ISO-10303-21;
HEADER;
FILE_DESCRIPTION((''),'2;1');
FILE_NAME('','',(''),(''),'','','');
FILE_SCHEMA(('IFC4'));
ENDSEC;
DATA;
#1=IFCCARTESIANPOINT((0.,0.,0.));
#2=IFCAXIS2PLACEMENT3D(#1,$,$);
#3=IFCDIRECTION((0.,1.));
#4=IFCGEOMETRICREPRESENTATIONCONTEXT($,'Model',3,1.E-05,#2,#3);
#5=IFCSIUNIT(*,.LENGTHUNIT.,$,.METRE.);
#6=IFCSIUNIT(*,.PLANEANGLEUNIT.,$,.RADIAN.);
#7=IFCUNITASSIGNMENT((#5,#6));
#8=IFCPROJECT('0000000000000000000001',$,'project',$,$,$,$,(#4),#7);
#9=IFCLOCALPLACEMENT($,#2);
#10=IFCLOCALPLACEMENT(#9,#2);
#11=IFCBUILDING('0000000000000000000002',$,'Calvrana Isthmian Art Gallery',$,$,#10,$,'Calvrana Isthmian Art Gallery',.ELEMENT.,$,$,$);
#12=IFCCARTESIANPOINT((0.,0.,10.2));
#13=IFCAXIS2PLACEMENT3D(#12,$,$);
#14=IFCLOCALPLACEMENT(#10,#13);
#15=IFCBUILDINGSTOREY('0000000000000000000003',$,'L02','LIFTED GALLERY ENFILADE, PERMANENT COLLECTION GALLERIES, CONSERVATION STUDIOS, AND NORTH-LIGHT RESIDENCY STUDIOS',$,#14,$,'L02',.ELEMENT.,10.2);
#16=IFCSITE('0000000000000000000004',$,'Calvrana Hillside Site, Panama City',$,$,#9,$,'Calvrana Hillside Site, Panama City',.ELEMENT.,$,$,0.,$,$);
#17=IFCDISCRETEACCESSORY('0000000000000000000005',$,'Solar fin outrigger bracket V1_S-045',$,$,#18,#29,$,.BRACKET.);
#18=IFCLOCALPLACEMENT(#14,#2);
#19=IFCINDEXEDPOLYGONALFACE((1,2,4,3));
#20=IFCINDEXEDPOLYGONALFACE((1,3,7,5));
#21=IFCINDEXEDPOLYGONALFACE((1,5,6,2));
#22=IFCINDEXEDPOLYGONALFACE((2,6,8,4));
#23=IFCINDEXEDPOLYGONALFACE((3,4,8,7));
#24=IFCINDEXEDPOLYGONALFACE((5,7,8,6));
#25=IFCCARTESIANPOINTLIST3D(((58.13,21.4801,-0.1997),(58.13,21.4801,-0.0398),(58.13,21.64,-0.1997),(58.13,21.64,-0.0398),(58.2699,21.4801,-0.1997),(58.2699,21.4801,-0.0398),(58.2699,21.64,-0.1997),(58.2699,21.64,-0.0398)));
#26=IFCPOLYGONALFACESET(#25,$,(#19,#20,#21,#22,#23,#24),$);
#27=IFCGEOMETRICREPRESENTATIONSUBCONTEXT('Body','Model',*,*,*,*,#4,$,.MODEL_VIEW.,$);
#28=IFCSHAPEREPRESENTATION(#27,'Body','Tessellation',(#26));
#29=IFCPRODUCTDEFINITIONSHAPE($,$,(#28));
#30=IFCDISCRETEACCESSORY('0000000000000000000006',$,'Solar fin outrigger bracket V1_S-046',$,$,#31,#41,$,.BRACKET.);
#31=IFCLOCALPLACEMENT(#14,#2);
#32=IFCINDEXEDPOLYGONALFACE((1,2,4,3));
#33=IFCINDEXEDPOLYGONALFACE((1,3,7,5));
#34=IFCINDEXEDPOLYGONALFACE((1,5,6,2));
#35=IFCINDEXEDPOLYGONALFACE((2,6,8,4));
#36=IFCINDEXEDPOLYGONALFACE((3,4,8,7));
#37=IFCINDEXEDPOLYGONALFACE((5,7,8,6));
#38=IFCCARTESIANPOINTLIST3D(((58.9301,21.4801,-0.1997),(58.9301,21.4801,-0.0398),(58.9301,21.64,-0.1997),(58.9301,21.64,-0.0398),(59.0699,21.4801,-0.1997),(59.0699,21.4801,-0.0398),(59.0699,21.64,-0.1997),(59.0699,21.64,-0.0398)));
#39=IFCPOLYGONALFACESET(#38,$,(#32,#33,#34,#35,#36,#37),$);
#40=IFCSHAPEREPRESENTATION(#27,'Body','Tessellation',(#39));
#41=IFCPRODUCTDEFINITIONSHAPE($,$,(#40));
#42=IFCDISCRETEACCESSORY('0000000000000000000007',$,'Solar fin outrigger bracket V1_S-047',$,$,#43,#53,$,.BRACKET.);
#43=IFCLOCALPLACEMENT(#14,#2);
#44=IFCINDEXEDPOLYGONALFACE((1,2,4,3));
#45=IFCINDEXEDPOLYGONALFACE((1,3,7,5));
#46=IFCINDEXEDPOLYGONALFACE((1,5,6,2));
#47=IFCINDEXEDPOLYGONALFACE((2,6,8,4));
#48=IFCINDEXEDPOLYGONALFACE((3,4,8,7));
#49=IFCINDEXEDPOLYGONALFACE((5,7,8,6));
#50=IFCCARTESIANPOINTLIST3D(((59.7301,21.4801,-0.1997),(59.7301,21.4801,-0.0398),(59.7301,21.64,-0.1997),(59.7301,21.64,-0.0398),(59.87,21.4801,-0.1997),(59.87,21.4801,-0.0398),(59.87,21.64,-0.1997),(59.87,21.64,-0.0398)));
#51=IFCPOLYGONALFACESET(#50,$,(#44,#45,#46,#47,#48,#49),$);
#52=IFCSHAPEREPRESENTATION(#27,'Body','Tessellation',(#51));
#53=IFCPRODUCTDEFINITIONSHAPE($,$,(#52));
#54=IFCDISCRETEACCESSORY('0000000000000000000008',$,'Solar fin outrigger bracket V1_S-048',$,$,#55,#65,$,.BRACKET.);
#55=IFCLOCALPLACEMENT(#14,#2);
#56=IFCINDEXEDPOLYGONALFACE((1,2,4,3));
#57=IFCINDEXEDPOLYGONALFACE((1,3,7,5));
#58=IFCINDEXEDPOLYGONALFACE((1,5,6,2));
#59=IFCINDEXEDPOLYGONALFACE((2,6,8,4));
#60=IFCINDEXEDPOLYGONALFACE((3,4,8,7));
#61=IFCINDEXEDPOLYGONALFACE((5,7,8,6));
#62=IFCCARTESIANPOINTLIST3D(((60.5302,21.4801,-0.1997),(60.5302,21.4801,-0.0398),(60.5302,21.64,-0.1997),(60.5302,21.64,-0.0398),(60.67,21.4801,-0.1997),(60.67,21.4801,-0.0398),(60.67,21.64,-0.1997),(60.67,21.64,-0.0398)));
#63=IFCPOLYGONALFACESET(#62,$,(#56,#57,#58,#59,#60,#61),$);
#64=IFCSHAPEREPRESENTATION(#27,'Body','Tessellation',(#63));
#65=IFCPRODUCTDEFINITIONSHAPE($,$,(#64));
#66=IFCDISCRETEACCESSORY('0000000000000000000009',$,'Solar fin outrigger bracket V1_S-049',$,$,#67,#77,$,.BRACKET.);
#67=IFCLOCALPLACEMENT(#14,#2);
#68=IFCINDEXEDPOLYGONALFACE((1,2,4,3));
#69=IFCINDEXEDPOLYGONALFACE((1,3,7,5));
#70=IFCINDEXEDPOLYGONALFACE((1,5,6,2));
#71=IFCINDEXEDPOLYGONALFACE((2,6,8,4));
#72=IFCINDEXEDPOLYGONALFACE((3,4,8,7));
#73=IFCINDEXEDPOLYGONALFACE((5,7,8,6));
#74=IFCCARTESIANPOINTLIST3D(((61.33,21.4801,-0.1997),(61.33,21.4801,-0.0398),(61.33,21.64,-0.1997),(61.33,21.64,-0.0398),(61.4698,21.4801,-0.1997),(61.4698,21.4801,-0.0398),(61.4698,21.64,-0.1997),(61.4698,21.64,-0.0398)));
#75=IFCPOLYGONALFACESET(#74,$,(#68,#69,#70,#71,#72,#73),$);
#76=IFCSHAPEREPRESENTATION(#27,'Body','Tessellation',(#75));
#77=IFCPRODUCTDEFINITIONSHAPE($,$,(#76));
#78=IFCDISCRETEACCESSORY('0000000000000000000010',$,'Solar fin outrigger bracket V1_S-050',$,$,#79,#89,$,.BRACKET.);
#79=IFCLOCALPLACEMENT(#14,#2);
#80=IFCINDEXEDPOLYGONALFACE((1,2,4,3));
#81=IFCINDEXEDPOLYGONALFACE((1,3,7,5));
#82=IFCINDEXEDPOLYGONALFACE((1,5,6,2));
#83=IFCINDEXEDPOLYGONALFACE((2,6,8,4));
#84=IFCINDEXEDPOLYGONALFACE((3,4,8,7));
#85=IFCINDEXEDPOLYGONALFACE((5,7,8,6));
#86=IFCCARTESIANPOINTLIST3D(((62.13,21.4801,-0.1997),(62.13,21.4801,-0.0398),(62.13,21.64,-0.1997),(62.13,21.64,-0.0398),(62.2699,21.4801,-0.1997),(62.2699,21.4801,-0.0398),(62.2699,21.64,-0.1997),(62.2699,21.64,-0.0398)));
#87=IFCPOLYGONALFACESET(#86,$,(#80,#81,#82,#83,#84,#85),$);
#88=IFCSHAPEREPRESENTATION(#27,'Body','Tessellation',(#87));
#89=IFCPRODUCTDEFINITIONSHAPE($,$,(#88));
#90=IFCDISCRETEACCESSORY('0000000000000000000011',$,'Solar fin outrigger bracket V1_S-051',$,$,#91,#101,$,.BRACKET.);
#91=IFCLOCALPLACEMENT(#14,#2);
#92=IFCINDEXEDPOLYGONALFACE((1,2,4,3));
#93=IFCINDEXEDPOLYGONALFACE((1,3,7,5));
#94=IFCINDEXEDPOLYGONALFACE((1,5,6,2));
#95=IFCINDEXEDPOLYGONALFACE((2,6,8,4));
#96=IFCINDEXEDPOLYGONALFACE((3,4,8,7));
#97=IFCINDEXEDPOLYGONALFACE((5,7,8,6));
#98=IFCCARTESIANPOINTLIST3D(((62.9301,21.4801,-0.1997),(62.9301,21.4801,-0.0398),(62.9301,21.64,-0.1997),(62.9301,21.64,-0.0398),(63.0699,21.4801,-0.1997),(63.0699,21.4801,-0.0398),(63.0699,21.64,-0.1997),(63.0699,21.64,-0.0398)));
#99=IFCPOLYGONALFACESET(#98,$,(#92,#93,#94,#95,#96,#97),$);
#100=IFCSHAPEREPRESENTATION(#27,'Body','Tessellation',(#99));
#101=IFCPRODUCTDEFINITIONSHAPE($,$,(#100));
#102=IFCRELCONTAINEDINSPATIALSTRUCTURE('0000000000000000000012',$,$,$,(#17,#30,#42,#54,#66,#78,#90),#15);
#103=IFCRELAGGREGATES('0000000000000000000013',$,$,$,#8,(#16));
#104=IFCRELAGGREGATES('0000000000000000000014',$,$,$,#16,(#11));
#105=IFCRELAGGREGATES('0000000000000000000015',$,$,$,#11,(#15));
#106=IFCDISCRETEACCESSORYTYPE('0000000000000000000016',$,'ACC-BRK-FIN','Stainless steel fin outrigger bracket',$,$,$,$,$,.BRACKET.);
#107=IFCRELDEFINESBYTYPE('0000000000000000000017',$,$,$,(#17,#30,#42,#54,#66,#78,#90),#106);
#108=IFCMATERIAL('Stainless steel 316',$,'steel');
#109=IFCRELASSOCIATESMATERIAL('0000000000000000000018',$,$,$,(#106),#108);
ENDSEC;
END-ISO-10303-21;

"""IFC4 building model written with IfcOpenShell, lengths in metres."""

from ifc_helpers import new_model, si_unit, direction, frame, origin, origin_2d, place, context, subcontext, project, spatial, rectangle, extrude, material, type_object, element, save


model = new_model("IFC4")

# Units and contexts
model_context = context("Model", 3, precision=1e-05, world=origin(), true_north=direction((0.0, 1.0)))
body_context = subcontext(model_context, "Body", "Model", "MODEL_VIEW")
ifc_project = project(units=[si_unit("LENGTHUNIT", "METRE"), si_unit("PLANEANGLEUNIT", "RADIAN")], contexts=[model_context])

# Site, building, storey
site_placement = place(None, origin())
site = spatial("IfcSite", under=ifc_project, at=site_placement, Name="Calvrana Hillside Site, Panama City", LongName="Calvrana Hillside Site, Panama City", CompositionType="ELEMENT", RefElevation=0.0)
building_placement = place(site_placement, origin())
building = spatial("IfcBuilding", under=site, at=building_placement, Name="Calvrana Isthmian Art Gallery", LongName="Calvrana Isthmian Art Gallery", CompositionType="ELEMENT")
storey_placement = place(building_placement, frame((0.0, 0.0, 10.2)))
storey = spatial("IfcBuildingStorey", under=building, at=storey_placement, Name="L02", Description="LIFTED GALLERY ENFILADE, PERMANENT COLLECTION GALLERIES, CONSERVATION STUDIOS, AND NORTH-LIGHT RESIDENCY STUDIOS", LongName="L02", CompositionType="ELEMENT", Elevation=10.2)

# Discrete accessories
ifc_material_1 = material(Name="Stainless steel 316", Category="steel")
discrete_accessory_type = type_object("IfcDiscreteAccessoryType", Name="ACC-BRK-FIN", Description="Stainless steel fin outrigger bracket", PredefinedType="BRACKET", material=ifc_material_1)
for number, where, z_axis, x_axis, name in (
    (1, (58.2, 21.5601, -0.1997), (0.0, 0.0, 1.0), (1.0, 0.0, 0.0), "Solar fin outrigger bracket V1_S-045"),
    (2, (59.0, 21.5601, -0.1997), (0.0, 0.0, 1.0), (1.0, 0.0, 0.0), "Solar fin outrigger bracket V1_S-046"),
    (3, (59.8, 21.5601, -0.1997), (0.0, 0.0, 1.0), (1.0, 0.0, 0.0), "Solar fin outrigger bracket V1_S-047"),
    (4, (60.6001, 21.5601, -0.1997), (0.0, 0.0, 1.0), (1.0, 0.0, 0.0), "Solar fin outrigger bracket V1_S-048"),
    (5, (61.3999, 21.5601, -0.1997), (0.0, 0.0, 1.0), (1.0, 0.0, 0.0), "Solar fin outrigger bracket V1_S-049"),
    (6, (62.2, 21.5601, -0.1997), (0.0, 0.0, 1.0), (1.0, 0.0, 0.0), "Solar fin outrigger bracket V1_S-050"),
    (7, (63.0, 21.5601, -0.1997), (0.0, 0.0, 1.0), (1.0, 0.0, 0.0), "Solar fin outrigger bracket V1_S-051"),
):
    element("IfcDiscreteAccessory", number, at=place(storey_placement, frame(where, z_axis=z_axis, x_axis=x_axis)), inside=storey, type_object=discrete_accessory_type, Name=name, PredefinedType="BRACKET", context=body_context, shape_type="SweptSolid", body=[
        extrude(rectangle(XDim=0.1399, YDim=0.1599, at=origin_2d()), origin(), (0.0, 0.0, 1.0), 0.1599),
    ])

save(model, "model.ifc")
